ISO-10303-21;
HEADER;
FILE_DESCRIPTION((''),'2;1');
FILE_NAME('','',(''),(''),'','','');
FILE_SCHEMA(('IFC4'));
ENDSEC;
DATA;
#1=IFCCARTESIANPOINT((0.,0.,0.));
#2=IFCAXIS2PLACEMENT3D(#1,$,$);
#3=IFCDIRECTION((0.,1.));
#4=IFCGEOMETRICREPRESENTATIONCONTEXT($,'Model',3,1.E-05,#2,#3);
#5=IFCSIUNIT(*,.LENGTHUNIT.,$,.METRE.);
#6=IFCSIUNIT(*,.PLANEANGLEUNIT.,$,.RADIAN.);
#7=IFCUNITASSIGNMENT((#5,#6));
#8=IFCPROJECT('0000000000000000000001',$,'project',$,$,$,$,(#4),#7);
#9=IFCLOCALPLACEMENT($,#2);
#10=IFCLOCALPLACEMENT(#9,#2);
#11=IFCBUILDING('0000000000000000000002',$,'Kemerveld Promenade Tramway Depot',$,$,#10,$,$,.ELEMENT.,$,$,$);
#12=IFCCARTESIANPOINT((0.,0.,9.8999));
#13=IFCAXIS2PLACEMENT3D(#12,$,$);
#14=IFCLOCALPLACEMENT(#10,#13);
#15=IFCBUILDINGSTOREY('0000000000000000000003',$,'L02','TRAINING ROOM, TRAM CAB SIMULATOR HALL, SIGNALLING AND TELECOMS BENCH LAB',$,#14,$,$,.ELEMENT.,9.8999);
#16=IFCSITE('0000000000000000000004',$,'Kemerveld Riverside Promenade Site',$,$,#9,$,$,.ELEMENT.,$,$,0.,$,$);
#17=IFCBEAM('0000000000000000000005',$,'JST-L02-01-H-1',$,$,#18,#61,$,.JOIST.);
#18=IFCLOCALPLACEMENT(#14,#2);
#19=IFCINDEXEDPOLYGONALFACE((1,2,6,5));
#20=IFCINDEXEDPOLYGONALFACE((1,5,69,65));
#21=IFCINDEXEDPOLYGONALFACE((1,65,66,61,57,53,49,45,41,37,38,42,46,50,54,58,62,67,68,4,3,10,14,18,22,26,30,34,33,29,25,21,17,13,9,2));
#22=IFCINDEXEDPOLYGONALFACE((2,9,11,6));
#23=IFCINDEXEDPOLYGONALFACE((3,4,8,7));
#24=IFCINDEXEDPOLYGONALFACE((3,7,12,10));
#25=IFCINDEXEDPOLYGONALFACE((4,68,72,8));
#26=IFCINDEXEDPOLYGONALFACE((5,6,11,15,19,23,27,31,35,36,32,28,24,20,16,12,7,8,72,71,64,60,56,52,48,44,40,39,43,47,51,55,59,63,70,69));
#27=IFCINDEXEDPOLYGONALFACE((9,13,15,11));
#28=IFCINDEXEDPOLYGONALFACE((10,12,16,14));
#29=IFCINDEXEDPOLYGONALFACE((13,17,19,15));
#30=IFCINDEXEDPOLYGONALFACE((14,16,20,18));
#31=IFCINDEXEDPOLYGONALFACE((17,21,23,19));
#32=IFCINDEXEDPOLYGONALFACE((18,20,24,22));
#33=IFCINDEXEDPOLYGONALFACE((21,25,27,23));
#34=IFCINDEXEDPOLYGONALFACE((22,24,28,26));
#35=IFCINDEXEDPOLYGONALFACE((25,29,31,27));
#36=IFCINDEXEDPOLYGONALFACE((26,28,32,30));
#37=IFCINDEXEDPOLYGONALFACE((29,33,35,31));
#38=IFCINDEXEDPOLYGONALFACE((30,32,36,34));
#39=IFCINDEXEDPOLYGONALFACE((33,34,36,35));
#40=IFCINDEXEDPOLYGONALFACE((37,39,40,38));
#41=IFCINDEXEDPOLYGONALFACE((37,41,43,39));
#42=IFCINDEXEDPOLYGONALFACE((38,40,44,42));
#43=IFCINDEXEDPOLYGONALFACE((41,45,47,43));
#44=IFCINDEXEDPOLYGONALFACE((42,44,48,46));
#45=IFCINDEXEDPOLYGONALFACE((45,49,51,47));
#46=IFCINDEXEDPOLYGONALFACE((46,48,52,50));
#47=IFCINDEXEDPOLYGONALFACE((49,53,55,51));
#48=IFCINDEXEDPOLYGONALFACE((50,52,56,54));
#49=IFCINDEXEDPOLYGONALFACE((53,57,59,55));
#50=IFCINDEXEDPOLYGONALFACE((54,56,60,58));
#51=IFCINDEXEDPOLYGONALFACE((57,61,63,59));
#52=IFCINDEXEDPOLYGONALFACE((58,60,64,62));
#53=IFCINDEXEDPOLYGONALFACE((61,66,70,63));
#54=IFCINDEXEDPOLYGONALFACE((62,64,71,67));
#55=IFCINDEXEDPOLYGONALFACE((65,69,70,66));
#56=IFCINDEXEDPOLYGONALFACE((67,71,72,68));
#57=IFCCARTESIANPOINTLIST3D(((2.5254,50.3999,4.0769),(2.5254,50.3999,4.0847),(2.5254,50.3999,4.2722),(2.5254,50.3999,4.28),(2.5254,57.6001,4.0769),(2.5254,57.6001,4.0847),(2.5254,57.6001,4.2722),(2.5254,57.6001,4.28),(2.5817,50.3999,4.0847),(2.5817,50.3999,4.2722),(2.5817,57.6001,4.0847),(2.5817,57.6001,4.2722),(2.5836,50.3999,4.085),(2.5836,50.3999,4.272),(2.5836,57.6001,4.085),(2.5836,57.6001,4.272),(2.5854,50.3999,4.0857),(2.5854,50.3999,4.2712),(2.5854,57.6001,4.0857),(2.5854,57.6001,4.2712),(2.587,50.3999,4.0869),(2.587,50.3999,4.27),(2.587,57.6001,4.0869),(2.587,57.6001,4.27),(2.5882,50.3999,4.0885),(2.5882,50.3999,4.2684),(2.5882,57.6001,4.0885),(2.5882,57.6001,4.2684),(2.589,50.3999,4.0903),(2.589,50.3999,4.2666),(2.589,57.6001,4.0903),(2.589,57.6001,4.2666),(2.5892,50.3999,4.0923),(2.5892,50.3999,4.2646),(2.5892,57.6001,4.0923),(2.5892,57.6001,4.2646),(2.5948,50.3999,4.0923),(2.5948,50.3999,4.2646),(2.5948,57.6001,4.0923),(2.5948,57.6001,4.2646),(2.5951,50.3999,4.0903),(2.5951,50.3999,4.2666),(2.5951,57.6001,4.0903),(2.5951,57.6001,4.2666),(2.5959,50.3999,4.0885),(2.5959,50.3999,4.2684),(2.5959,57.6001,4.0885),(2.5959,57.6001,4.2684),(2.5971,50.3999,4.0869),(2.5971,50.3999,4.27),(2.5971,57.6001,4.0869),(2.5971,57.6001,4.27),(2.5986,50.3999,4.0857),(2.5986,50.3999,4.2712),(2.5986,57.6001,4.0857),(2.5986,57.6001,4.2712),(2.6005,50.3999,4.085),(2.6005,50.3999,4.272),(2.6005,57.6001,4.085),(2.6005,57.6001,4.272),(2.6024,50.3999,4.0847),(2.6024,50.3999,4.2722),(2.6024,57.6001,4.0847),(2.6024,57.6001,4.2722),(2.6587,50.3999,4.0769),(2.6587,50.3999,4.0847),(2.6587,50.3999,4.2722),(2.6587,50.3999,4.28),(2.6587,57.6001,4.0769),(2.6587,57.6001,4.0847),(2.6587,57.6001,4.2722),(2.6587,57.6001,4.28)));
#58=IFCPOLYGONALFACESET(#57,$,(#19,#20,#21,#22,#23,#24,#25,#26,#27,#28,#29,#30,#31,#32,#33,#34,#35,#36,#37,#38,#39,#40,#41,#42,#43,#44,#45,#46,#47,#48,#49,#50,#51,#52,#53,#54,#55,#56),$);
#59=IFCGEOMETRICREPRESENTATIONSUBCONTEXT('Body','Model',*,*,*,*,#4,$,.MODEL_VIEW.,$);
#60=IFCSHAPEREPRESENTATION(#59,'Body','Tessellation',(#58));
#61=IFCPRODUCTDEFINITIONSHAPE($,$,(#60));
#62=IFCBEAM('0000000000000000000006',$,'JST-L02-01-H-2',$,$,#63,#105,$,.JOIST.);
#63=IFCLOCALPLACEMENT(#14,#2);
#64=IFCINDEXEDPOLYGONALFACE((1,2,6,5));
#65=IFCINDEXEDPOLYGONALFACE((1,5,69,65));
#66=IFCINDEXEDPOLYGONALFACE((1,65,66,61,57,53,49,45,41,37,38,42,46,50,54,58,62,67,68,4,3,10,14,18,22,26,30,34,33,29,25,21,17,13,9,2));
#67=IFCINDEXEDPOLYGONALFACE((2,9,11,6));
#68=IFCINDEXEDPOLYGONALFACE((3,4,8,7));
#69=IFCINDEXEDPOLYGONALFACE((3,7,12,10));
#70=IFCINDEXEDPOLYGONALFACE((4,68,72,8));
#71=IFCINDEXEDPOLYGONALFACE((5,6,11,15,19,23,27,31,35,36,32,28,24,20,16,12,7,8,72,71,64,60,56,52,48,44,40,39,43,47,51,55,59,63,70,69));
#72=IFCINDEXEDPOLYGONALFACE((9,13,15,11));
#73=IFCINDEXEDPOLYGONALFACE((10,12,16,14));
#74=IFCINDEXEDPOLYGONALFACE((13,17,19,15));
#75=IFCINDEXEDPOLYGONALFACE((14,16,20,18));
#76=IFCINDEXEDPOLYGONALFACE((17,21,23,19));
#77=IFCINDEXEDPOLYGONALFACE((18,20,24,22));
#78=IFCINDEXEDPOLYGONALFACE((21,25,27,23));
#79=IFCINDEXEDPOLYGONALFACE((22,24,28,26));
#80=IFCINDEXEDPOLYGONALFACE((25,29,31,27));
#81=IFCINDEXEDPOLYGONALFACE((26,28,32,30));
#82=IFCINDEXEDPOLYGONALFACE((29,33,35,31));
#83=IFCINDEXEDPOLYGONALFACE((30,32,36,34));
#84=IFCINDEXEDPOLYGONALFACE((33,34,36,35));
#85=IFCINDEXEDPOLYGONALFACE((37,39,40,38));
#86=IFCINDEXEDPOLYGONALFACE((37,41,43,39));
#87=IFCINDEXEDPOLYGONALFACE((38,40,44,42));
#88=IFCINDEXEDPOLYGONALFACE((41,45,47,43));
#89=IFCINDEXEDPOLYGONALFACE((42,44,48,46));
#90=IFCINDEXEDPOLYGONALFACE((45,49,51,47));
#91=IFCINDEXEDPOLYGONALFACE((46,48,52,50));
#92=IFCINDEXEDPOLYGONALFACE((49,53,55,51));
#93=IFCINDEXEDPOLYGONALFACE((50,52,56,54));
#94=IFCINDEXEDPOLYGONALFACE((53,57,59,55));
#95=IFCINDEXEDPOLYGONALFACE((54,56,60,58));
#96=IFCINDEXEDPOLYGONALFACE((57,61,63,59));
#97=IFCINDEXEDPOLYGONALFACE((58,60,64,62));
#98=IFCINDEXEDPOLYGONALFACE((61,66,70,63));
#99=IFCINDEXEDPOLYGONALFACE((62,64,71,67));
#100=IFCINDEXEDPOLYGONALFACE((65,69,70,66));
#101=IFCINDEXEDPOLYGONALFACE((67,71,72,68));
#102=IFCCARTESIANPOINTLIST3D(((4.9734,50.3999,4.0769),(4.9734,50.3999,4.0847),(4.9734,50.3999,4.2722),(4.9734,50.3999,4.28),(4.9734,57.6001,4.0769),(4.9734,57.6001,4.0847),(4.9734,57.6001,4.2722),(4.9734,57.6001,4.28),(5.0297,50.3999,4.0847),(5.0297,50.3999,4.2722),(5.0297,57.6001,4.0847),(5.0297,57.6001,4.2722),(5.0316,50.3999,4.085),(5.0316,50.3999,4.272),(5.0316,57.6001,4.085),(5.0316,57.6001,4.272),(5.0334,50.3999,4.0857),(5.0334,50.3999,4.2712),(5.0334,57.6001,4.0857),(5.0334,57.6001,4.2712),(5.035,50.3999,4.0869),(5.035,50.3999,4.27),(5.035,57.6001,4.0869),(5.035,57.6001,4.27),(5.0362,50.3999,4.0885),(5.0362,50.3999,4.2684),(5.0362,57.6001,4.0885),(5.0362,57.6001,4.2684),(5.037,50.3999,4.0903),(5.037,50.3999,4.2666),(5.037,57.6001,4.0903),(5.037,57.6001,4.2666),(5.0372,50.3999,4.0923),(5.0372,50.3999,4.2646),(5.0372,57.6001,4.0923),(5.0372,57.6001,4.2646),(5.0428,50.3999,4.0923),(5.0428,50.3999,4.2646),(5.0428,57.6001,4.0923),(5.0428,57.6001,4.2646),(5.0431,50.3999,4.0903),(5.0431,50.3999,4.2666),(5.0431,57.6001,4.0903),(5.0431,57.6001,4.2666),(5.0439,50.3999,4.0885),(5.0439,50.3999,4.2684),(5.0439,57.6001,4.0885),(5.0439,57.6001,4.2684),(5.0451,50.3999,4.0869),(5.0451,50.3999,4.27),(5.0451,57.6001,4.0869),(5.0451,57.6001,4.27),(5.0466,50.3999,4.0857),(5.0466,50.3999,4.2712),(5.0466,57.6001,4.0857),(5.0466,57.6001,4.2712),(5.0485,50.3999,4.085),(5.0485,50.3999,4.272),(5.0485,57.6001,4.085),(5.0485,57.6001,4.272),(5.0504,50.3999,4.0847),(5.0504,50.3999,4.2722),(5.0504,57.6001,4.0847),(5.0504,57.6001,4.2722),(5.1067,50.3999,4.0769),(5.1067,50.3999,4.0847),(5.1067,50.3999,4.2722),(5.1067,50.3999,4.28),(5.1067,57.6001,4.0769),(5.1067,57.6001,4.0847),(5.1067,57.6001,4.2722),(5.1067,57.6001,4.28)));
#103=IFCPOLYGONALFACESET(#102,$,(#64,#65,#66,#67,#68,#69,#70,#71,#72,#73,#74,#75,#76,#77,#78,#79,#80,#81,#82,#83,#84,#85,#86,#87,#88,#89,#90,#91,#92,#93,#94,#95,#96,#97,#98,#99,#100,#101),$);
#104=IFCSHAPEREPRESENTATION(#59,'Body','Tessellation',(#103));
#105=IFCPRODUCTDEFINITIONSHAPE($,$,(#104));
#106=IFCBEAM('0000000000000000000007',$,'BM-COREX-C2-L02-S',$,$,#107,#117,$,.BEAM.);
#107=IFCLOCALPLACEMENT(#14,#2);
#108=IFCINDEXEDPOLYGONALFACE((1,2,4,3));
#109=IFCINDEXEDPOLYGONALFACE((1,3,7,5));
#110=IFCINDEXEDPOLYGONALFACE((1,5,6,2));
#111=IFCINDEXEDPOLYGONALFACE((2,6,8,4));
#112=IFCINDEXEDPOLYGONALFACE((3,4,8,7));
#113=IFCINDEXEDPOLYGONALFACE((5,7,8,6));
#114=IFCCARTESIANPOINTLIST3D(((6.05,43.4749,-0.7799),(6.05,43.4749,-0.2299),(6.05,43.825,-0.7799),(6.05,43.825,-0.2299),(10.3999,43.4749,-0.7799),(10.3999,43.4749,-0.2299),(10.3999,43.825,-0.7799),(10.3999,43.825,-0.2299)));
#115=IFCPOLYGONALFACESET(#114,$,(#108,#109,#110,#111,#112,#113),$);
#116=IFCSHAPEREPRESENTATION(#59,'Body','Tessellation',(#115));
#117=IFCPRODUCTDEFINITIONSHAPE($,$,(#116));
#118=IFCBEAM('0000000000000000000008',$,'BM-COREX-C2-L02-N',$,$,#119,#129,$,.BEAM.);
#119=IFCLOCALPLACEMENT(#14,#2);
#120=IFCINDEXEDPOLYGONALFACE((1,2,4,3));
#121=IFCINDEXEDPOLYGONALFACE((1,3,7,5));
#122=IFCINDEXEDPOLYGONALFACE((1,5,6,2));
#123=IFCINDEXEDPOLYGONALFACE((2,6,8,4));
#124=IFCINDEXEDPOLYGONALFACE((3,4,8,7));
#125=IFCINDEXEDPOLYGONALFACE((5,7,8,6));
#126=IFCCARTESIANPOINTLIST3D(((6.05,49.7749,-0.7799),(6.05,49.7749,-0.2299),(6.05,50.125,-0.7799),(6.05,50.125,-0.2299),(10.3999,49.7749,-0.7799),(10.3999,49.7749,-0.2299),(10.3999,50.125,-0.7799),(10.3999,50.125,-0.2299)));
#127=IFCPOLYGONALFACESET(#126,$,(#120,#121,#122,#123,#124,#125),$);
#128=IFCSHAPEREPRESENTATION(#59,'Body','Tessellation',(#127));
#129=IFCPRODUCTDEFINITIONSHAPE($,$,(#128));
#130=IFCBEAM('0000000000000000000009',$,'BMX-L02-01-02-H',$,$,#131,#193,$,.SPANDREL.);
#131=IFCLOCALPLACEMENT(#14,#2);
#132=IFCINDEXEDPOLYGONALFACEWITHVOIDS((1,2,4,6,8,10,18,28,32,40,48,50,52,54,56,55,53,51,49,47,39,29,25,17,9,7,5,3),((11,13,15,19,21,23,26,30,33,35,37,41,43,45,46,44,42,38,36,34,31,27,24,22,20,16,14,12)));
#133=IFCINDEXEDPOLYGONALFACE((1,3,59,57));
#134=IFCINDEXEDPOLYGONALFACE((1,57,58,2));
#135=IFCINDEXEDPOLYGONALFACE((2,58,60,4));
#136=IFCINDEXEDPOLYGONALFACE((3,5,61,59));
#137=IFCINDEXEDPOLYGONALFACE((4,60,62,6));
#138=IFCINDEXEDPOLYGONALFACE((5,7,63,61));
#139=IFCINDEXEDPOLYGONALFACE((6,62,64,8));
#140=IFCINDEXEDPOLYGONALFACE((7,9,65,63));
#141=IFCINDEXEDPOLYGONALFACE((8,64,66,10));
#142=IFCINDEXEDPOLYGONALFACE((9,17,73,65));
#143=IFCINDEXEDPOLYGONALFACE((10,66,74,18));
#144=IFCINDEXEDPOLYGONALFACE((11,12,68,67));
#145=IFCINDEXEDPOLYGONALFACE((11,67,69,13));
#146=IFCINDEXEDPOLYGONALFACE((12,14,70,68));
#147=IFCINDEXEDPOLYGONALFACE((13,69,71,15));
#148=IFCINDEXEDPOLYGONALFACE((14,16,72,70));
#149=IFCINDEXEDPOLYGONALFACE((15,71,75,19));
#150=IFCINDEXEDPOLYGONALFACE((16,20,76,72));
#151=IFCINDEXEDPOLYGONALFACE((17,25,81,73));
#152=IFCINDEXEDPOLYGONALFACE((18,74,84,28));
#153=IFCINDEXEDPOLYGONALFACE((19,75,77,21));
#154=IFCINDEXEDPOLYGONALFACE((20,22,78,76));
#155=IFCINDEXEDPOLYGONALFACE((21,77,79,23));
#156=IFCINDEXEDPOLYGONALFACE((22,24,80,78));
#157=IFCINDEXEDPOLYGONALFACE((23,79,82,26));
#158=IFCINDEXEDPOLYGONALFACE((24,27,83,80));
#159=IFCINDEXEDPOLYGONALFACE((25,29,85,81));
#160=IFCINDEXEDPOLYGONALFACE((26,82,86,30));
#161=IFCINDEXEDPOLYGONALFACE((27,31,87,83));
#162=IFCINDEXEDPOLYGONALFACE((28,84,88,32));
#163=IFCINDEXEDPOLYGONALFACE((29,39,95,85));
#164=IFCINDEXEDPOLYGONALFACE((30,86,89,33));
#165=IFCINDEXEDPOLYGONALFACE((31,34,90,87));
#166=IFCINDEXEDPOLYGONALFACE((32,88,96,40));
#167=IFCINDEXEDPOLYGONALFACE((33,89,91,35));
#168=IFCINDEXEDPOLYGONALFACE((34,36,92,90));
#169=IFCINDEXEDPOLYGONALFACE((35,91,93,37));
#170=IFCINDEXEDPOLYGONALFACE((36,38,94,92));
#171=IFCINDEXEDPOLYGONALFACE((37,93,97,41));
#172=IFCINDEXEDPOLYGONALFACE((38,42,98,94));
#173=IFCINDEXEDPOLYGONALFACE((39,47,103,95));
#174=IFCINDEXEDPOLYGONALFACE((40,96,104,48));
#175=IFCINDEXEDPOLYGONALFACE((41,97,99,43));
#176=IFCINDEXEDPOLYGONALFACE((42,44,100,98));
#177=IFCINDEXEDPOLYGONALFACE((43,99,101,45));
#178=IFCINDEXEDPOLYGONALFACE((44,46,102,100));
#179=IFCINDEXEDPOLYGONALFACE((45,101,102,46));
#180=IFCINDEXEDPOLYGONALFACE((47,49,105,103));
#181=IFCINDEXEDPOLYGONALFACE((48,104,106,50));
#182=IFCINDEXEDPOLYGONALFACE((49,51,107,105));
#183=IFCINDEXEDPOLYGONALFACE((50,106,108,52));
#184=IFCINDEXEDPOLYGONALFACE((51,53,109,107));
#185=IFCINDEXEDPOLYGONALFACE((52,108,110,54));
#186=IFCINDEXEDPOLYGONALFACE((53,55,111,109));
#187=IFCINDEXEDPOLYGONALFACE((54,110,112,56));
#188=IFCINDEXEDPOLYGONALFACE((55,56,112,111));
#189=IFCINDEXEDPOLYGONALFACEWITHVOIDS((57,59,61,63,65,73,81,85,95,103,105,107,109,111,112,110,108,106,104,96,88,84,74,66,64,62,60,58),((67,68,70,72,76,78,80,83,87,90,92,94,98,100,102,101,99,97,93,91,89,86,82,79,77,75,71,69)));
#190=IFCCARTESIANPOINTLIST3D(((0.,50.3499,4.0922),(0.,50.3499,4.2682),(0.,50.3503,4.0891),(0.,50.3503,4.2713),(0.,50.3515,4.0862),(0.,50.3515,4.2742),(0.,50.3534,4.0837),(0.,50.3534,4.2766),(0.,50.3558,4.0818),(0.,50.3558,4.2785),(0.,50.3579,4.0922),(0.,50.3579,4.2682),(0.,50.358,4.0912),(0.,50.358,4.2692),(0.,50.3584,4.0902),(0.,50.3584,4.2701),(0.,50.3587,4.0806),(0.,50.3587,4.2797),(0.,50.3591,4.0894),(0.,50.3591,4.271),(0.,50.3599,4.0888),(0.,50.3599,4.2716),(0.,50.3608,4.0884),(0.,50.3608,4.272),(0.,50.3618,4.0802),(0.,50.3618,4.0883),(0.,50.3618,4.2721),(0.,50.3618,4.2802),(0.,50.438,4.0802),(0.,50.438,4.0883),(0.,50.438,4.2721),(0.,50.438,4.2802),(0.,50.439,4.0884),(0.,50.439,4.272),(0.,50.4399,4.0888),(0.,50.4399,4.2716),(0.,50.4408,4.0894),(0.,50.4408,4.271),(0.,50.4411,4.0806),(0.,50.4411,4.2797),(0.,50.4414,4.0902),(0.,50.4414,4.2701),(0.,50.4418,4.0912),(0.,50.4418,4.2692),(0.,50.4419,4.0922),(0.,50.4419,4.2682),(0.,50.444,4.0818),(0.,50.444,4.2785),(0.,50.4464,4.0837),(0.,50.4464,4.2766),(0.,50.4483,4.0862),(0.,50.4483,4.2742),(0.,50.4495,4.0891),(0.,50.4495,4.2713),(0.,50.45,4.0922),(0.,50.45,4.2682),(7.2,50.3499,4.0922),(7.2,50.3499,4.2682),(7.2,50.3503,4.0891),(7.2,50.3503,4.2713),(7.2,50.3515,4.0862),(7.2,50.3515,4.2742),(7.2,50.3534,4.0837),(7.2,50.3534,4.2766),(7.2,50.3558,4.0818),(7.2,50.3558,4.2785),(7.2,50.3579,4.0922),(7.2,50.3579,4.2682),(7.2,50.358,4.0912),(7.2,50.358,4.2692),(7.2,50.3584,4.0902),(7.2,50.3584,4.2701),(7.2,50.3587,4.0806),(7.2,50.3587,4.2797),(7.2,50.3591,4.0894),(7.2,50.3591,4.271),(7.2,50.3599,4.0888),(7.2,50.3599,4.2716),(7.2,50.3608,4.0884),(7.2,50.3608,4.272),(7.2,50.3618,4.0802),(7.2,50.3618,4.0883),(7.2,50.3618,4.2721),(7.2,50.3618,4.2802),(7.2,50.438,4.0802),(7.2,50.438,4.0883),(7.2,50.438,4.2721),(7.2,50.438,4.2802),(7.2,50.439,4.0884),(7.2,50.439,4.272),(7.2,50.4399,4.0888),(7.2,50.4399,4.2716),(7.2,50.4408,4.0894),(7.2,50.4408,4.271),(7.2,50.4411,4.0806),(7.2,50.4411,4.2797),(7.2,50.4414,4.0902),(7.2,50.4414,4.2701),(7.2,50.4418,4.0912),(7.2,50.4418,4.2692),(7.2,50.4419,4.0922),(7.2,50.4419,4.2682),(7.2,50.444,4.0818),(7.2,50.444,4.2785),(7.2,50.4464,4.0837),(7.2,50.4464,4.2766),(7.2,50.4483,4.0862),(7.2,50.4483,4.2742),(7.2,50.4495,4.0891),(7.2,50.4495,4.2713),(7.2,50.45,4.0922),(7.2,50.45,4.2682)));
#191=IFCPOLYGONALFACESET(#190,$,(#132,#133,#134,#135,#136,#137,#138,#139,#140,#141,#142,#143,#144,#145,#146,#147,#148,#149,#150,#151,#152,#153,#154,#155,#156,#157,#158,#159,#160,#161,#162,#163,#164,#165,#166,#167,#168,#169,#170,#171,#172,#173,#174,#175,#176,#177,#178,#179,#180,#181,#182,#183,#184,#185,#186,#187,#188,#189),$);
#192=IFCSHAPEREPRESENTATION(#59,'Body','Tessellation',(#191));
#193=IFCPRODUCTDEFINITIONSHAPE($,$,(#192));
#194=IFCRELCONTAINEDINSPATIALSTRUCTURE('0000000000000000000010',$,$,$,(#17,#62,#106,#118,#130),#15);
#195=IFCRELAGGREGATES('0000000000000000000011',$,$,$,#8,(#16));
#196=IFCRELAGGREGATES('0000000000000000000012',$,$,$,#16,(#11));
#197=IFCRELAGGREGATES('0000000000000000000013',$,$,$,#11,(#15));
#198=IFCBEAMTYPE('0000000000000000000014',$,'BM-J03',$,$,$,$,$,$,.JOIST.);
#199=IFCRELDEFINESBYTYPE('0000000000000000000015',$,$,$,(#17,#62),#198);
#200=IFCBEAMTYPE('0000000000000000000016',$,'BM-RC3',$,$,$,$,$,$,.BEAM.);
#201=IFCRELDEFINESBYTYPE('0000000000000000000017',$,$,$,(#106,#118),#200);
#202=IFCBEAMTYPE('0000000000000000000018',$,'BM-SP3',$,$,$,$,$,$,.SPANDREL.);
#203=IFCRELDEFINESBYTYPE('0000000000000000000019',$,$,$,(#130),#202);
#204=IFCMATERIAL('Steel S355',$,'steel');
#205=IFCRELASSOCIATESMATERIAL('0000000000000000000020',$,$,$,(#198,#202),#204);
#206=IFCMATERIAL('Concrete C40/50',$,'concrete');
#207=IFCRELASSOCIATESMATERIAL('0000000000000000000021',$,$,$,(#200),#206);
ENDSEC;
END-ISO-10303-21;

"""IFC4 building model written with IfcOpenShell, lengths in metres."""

from ifc_helpers import new_model, si_unit, direction, frame, origin, origin_2d, place, context, subcontext, project, spatial, rectangle, hollow_rectangle, i_section, extrude, material, material_profile, profile_set, type_object, element, save


model = new_model("IFC4")

# Units and contexts
model_context = context("Model", 3, precision=1e-05, world=origin(), true_north=direction((0.0, 1.0)))
body_context = subcontext(model_context, "Body", "Model", "MODEL_VIEW")
ifc_project = project(units=[si_unit("LENGTHUNIT", "METRE"), si_unit("PLANEANGLEUNIT", "RADIAN")], contexts=[model_context])

# Site, building, storey
site_placement = place(None, origin())
site = spatial("IfcSite", under=ifc_project, at=site_placement, Name="Kemerveld Riverside Promenade Site", CompositionType="ELEMENT", RefElevation=0.0)
building_placement = place(site_placement, origin())
building = spatial("IfcBuilding", under=site, at=building_placement, Name="Kemerveld Promenade Tramway Depot", CompositionType="ELEMENT")
storey_placement = place(building_placement, frame((0.0, 0.0, 9.8999)))
storey = spatial("IfcBuildingStorey", under=building, at=storey_placement, Name="L02", Description="TRAINING ROOM, TRAM CAB SIMULATOR HALL, SIGNALLING AND TELECOMS BENCH LAB", CompositionType="ELEMENT", Elevation=9.8999)

# Shared definitions
ifc_material_1 = material(Name="Steel S355", Category="steel")

# Beams
ifc_material_profile_1 = material_profile(ifc_material_1, i_section(OverallWidth=0.1333, OverallDepth=0.2031, WebThickness=0.0056, FlangeThickness=0.0078, FilletRadius=0.0076, at=origin_2d()), Name="203x133x25 UB")
ifc_profile_set_1 = profile_set([ifc_material_profile_1], Name="Steel S355")
beam_type_1 = type_object("IfcBeamType", Name="BM-J03", PredefinedType="JOIST", material=ifc_profile_set_1)
for number, where, z_axis, x_axis, name in (
    (1, (2.592, 50.3999, 4.1785), (0.0, 1.0, 0.0), (-1.0, 0.0, 0.0), "JST-L02-01-H-1"),
    (2, (5.04, 50.3999, 4.1785), (0.0, 1.0, 0.0), (-1.0, 0.0, 0.0), "JST-L02-01-H-2"),
):
    element("IfcBeam", number, at=place(storey_placement, frame(where, z_axis=z_axis, x_axis=x_axis)), inside=storey, type_object=beam_type_1, Name=name, PredefinedType="JOIST", context=body_context, shape_type="SweptSolid", body=[
        extrude(i_section(OverallWidth=0.1333, OverallDepth=0.2031, WebThickness=0.0056, FlangeThickness=0.0078, FilletRadius=0.0076, at=origin_2d()), origin(), (0.0, 0.0, 1.0), 7.2002),
    ])
ifc_material_2 = material(Name="Concrete C40/50", Category="concrete")
ifc_material_profile_2 = material_profile(ifc_material_2, rectangle(XDim=0.3501, YDim=0.55, at=origin_2d()), Name="RC-BM-350x550")
ifc_profile_set_2 = profile_set([ifc_material_profile_2], Name="Concrete C40/50")
beam_type_2 = type_object("IfcBeamType", Name="BM-RC3", PredefinedType="BEAM", material=ifc_profile_set_2)
for number, where, z_axis, x_axis, name in (
    (3, (6.05, 43.6499, -0.5049), (1.0, 0.0, 0.0), (0.0, 1.0, 0.0), "BM-COREX-C2-L02-S"),
    (4, (6.05, 49.95, -0.5049), (1.0, 0.0, 0.0), (0.0, 1.0, 0.0), "BM-COREX-C2-L02-N"),
):
    element("IfcBeam", number, at=place(storey_placement, frame(where, z_axis=z_axis, x_axis=x_axis)), inside=storey, type_object=beam_type_2, Name=name, PredefinedType="BEAM", context=body_context, shape_type="SweptSolid", body=[
        extrude(rectangle(XDim=0.3501, YDim=0.55, at=origin_2d()), origin(), (0.0, 0.0, 1.0), 4.3499),
    ])
ifc_material_profile_3 = material_profile(ifc_material_1, hollow_rectangle(XDim=0.1001, YDim=0.2, WallThickness=0.0081, InnerFilletRadius=0.0039, OuterFilletRadius=0.012, at=origin_2d()), Name="200x100x8.0 RHS")
ifc_profile_set_3 = profile_set([ifc_material_profile_3], Name="Steel S355")
beam_type_3 = type_object("IfcBeamType", Name="BM-SP3", PredefinedType="SPANDREL", material=ifc_profile_set_3)
beam_1_placement = place(storey_placement, frame((0.0, 50.3999, 4.1802), z_axis=(1.0, 0.0, 0.0), x_axis=(0.0, 1.0, 0.0)))
element("IfcBeam", 5, at=beam_1_placement, inside=storey, type_object=beam_type_3, Name="BMX-L02-01-02-H", PredefinedType="SPANDREL", context=body_context, shape_type="SweptSolid", body=[
    extrude(hollow_rectangle(XDim=0.1001, YDim=0.2, WallThickness=0.0081, InnerFilletRadius=0.0039, OuterFilletRadius=0.012, at=origin_2d()), origin(), (0.0, 0.0, 1.0), 7.2),
])

save(model, "model.ifc")
